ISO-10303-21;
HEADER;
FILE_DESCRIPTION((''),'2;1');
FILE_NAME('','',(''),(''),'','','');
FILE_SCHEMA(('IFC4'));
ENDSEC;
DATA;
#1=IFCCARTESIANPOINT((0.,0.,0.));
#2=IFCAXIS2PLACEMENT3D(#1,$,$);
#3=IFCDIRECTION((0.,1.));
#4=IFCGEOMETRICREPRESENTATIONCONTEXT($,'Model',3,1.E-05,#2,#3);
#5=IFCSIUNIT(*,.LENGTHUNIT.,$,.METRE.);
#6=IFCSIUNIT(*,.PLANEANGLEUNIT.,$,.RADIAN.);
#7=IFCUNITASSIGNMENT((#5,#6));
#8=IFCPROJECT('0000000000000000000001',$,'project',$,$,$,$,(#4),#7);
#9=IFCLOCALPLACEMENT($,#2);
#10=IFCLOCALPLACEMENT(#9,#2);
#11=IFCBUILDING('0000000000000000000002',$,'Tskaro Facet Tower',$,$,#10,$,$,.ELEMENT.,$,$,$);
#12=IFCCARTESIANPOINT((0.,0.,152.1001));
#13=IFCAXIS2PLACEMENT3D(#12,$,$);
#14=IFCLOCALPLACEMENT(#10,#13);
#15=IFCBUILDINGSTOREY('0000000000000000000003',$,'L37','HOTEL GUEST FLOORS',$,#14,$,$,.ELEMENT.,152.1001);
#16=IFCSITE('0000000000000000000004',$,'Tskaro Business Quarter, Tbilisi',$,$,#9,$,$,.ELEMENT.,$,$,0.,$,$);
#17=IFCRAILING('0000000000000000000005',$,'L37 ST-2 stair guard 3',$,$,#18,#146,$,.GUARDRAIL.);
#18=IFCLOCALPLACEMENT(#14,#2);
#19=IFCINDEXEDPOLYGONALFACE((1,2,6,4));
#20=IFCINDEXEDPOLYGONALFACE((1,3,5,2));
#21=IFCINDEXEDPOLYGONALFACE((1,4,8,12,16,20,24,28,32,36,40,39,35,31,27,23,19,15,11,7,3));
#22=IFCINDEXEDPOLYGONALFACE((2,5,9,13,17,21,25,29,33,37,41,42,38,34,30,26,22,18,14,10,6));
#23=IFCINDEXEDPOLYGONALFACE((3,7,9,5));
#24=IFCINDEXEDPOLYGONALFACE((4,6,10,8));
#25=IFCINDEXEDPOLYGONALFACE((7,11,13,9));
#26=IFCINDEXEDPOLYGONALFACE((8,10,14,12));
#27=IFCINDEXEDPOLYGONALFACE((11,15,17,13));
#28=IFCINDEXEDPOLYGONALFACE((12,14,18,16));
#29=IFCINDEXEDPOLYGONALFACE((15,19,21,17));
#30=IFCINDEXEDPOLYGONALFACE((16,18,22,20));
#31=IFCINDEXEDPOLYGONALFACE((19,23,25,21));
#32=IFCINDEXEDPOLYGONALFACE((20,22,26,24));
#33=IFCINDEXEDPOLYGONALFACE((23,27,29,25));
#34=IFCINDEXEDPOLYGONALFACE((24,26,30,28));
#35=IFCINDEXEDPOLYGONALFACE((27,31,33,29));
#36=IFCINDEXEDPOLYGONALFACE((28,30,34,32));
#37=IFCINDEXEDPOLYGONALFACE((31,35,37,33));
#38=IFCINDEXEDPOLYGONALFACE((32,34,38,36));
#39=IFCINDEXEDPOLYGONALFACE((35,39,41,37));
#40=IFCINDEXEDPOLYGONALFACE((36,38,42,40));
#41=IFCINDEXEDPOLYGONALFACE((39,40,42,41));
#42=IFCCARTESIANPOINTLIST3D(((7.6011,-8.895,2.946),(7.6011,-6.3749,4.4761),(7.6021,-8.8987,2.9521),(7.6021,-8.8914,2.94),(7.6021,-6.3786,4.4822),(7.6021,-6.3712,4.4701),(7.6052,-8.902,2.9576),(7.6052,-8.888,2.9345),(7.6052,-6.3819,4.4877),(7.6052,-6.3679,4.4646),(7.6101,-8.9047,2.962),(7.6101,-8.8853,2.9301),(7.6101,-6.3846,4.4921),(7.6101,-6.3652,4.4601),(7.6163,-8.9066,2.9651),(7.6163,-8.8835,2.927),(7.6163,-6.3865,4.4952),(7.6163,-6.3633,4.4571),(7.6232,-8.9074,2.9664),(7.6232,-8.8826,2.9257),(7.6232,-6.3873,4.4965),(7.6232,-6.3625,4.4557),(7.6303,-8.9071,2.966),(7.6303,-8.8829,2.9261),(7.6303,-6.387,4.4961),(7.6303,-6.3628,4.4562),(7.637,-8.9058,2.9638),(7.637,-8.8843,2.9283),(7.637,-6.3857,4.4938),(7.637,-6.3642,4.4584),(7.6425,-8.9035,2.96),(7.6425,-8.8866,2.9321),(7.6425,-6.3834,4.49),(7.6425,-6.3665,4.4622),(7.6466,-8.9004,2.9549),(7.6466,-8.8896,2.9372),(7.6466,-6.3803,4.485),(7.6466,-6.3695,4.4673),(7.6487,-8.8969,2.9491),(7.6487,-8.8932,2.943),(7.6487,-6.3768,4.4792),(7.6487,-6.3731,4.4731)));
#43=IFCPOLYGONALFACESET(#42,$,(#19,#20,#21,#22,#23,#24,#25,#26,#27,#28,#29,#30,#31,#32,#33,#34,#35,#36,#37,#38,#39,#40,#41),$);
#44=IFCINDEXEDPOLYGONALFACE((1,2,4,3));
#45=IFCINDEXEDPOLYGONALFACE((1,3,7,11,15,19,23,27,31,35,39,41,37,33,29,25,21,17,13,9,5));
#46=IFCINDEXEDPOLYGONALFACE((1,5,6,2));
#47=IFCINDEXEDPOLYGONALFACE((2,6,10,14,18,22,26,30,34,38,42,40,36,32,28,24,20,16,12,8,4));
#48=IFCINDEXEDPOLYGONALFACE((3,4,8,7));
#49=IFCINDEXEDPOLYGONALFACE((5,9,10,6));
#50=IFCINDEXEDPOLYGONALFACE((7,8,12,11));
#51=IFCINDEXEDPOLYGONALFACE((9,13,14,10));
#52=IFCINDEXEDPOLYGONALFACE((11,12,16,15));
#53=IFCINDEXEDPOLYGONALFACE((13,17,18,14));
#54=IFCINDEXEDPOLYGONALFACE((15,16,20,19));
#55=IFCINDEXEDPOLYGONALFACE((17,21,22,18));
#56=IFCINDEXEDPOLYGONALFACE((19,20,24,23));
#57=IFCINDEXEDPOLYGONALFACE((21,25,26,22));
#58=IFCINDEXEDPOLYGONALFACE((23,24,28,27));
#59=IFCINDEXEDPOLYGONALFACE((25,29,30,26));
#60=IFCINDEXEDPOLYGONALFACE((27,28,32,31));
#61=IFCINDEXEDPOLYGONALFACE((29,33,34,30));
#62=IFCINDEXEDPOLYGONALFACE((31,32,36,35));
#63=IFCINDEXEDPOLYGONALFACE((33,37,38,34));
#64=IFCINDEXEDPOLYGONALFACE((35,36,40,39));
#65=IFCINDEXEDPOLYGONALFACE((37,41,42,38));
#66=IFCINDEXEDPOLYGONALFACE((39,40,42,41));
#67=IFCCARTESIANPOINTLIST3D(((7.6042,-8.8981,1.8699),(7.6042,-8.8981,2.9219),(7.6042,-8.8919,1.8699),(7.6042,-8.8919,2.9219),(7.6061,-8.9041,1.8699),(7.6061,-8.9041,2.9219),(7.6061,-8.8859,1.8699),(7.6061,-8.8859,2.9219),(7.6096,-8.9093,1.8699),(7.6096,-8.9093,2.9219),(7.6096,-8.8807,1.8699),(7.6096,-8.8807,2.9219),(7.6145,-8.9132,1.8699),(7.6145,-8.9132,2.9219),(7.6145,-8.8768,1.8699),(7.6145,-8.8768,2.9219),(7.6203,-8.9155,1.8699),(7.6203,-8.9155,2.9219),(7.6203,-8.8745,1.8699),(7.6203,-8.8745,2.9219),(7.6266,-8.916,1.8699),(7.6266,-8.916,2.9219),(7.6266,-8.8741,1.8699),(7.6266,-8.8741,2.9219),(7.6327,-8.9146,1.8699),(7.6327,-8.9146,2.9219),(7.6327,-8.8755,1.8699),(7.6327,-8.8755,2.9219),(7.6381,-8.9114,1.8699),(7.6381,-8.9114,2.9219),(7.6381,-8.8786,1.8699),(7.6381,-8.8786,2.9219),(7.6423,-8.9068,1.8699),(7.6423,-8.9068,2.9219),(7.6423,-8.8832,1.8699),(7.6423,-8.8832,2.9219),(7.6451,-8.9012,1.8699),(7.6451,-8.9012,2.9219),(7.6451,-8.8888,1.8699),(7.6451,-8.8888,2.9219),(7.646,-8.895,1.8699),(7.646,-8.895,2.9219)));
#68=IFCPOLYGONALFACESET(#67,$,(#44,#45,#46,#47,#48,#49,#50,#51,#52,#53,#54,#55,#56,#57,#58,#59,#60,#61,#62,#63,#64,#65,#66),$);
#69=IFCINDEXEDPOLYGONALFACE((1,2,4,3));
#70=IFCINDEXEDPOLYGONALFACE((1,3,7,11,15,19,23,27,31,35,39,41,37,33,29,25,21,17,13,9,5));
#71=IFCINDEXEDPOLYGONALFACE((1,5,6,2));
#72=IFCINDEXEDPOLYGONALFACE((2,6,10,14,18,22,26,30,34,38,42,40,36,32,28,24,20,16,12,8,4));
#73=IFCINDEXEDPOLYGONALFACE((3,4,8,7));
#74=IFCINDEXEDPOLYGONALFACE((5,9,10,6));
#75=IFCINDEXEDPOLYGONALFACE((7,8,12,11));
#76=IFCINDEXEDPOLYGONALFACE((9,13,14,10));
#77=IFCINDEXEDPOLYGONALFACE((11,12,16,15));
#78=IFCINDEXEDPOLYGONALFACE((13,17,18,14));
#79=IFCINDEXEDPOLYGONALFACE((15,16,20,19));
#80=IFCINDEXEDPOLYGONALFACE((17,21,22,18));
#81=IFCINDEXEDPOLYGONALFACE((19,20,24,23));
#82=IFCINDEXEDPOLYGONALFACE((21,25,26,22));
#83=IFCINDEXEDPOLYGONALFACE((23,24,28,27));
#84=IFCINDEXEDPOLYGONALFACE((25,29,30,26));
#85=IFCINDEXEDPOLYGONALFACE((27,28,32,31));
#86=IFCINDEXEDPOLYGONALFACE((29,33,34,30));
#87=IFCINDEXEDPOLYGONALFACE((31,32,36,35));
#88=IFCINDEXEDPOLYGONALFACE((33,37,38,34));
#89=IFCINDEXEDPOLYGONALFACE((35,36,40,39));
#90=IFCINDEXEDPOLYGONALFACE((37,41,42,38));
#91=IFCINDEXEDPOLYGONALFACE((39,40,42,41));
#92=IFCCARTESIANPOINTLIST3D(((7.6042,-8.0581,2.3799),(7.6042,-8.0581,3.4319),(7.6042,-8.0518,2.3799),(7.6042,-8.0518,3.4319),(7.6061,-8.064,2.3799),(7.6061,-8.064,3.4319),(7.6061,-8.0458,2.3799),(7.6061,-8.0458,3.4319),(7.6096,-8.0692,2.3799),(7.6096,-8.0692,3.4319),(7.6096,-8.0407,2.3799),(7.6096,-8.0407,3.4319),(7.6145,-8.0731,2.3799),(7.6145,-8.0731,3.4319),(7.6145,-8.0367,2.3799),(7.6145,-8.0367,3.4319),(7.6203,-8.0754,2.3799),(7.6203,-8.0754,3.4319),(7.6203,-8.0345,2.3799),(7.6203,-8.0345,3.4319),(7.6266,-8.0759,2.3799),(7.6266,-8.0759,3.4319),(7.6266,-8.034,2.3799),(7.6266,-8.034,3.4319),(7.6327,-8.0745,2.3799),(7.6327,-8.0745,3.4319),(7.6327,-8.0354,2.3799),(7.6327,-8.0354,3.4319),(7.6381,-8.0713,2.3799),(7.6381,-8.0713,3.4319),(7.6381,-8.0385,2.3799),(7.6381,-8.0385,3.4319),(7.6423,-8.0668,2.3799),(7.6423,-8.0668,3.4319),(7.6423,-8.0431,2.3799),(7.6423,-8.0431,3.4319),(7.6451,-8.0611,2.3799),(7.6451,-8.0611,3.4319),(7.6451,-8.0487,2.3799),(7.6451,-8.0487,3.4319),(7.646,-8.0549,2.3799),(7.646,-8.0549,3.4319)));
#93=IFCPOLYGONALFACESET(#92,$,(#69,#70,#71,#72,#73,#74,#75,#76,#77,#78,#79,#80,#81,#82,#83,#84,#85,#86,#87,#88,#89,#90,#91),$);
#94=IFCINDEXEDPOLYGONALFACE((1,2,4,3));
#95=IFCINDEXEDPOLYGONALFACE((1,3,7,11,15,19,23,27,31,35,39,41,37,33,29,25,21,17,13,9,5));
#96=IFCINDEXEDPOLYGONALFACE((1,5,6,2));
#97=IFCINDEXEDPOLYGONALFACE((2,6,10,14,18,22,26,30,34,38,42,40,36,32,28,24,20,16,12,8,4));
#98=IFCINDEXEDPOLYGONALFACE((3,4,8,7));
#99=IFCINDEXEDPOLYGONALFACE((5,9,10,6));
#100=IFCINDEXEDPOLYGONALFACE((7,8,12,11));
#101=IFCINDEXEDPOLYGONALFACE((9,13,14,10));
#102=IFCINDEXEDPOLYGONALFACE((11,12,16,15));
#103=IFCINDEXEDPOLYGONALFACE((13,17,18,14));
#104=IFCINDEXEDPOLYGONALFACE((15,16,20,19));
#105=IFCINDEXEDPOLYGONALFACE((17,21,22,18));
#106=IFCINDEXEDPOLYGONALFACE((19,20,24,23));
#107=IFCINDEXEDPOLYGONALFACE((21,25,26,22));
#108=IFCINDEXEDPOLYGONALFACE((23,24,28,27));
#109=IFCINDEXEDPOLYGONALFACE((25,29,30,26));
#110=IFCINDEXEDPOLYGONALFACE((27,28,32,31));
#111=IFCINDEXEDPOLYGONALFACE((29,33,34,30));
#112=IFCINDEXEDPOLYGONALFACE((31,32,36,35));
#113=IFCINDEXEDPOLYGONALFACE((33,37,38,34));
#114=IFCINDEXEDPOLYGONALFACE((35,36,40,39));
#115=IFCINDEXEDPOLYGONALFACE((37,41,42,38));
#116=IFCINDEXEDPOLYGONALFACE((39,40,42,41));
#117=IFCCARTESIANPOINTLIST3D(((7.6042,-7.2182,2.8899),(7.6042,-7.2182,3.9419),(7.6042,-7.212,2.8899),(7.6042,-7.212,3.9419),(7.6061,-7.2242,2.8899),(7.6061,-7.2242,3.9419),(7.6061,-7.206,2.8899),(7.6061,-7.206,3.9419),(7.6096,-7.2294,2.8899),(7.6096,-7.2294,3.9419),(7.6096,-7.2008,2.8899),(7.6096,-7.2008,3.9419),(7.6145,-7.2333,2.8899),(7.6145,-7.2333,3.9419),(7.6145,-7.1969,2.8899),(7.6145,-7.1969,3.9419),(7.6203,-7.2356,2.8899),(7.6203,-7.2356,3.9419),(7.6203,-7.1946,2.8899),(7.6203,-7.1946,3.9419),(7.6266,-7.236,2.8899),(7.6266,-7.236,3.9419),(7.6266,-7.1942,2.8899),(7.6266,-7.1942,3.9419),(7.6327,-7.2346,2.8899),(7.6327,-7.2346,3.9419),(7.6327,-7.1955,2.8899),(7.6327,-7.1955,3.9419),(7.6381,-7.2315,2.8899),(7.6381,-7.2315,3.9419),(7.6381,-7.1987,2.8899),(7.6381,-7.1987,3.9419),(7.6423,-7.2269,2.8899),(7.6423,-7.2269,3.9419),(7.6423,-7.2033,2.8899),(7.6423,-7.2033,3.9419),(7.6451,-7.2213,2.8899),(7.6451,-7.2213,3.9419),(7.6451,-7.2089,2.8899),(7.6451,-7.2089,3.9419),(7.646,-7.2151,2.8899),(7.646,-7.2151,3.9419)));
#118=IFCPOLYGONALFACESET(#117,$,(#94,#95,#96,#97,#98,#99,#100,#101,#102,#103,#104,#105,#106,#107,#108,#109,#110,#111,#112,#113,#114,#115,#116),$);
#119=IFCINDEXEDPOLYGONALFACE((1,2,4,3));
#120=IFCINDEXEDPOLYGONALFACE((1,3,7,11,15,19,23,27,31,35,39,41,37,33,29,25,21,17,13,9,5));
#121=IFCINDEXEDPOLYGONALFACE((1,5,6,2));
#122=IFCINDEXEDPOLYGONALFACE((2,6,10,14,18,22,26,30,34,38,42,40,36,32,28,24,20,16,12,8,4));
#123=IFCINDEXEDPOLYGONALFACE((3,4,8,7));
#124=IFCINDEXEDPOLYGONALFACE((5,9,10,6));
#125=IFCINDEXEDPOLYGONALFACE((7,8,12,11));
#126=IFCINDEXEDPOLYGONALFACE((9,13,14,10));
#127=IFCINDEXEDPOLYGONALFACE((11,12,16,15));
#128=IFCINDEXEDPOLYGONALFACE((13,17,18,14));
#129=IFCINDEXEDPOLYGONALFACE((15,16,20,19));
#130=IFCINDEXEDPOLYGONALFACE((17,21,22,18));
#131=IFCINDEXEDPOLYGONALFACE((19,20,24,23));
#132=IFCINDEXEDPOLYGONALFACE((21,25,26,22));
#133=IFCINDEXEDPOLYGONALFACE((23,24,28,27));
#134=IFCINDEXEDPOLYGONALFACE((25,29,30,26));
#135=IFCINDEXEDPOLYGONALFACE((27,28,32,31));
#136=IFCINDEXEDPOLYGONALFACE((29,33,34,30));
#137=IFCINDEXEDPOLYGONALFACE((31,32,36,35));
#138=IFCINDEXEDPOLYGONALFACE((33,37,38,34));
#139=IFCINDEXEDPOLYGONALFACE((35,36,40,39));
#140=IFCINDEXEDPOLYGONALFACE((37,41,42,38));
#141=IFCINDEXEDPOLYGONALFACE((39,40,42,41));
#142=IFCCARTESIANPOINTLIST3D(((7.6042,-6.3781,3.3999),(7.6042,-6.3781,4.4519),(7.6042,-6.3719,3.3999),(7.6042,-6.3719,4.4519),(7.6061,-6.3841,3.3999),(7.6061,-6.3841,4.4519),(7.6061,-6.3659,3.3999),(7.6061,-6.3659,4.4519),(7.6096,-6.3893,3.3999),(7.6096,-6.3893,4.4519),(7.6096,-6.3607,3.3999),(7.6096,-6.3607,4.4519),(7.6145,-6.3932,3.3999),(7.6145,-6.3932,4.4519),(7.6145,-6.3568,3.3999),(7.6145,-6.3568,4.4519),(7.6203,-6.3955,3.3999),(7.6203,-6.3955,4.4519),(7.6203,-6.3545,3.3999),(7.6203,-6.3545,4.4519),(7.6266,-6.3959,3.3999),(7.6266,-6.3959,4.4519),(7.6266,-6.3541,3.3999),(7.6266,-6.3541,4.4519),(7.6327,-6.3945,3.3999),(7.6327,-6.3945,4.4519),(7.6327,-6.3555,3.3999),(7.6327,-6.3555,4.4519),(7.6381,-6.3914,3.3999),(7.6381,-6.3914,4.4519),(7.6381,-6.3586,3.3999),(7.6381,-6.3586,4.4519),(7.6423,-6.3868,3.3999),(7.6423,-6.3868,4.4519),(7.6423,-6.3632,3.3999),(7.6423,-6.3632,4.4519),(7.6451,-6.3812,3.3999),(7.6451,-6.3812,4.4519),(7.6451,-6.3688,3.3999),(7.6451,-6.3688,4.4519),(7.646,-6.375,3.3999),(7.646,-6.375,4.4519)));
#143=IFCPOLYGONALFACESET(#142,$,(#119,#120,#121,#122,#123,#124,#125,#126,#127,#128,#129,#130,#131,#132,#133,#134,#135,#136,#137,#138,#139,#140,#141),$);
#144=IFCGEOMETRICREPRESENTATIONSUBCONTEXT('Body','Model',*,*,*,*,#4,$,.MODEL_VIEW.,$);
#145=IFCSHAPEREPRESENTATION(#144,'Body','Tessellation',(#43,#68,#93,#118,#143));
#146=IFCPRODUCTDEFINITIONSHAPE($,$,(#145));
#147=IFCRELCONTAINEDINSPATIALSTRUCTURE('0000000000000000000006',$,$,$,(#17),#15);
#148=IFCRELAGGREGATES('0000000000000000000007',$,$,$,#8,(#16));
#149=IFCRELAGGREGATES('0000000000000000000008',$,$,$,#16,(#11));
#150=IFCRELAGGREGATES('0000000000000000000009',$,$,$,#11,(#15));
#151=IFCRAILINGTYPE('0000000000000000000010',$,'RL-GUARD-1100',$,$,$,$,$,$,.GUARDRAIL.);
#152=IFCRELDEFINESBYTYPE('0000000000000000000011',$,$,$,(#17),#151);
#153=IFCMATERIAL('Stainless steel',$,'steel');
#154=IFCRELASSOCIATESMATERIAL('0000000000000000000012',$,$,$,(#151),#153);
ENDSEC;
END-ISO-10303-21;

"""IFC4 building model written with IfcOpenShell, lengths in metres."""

from ifc_helpers import new_model, si_unit, direction, frame, origin, origin_2d, place, context, subcontext, project, spatial, circle, extrude, material, type_object, element, save


model = new_model("IFC4")

# Units and contexts
model_context = context("Model", 3, precision=1e-05, world=origin(), true_north=direction((0.0, 1.0)))
body_context = subcontext(model_context, "Body", "Model", "MODEL_VIEW")
ifc_project = project(units=[si_unit("LENGTHUNIT", "METRE"), si_unit("PLANEANGLEUNIT", "RADIAN")], contexts=[model_context])

# Site, building, storey
site_placement = place(None, origin())
site = spatial("IfcSite", under=ifc_project, at=site_placement, Name="Tskaro Business Quarter, Tbilisi", CompositionType="ELEMENT", RefElevation=0.0)
building_placement = place(site_placement, origin())
building = spatial("IfcBuilding", under=site, at=building_placement, Name="Tskaro Facet Tower", CompositionType="ELEMENT")
storey_placement = place(building_placement, frame((0.0, 0.0, 152.1001)))
storey = spatial("IfcBuildingStorey", under=building, at=storey_placement, Name="L37", Description="HOTEL GUEST FLOORS", CompositionType="ELEMENT", Elevation=152.1001)

# Railing
ifc_material_1 = material(Name="Stainless steel", Category="steel")
railing_type_1 = type_object("IfcRailingType", Name="RL-GUARD-1100", PredefinedType="GUARDRAIL", material=ifc_material_1)
railing_1_placement = place(storey_placement, frame((7.625, -8.895, 1.8699)))
element("IfcRailing", 1, at=railing_1_placement, inside=storey, type_object=railing_type_1, Name="L37 ST-2 stair guard 3", PredefinedType="GUARDRAIL", context=body_context, shape_type="SweptSolid", body=[
    extrude(circle(Radius=0.0239, at=origin_2d()), frame((0.0, 0.0, 1.0762), z_axis=(0.0, 0.854785, 0.518982), x_axis=(-1.0, 0.0, 0.0)), (0.0, 0.0, 1.0), 2.9482),
    extrude(circle(Radius=0.021, at=origin_2d()), origin(), (0.0, 0.0, 1.0), 1.052),
    extrude(circle(Radius=0.021, at=origin_2d()), frame((0.0, 0.8401, 0.51)), (0.0, 0.0, 1.0), 1.052),
    extrude(circle(Radius=0.021, at=origin_2d()), frame((0.0, 1.6799, 1.02)), (0.0, 0.0, 1.0), 1.052),
    extrude(circle(Radius=0.021, at=origin_2d()), frame((0.0, 2.52, 1.53)), (0.0, 0.0, 1.0), 1.052),
])

save(model, "model.ifc")
